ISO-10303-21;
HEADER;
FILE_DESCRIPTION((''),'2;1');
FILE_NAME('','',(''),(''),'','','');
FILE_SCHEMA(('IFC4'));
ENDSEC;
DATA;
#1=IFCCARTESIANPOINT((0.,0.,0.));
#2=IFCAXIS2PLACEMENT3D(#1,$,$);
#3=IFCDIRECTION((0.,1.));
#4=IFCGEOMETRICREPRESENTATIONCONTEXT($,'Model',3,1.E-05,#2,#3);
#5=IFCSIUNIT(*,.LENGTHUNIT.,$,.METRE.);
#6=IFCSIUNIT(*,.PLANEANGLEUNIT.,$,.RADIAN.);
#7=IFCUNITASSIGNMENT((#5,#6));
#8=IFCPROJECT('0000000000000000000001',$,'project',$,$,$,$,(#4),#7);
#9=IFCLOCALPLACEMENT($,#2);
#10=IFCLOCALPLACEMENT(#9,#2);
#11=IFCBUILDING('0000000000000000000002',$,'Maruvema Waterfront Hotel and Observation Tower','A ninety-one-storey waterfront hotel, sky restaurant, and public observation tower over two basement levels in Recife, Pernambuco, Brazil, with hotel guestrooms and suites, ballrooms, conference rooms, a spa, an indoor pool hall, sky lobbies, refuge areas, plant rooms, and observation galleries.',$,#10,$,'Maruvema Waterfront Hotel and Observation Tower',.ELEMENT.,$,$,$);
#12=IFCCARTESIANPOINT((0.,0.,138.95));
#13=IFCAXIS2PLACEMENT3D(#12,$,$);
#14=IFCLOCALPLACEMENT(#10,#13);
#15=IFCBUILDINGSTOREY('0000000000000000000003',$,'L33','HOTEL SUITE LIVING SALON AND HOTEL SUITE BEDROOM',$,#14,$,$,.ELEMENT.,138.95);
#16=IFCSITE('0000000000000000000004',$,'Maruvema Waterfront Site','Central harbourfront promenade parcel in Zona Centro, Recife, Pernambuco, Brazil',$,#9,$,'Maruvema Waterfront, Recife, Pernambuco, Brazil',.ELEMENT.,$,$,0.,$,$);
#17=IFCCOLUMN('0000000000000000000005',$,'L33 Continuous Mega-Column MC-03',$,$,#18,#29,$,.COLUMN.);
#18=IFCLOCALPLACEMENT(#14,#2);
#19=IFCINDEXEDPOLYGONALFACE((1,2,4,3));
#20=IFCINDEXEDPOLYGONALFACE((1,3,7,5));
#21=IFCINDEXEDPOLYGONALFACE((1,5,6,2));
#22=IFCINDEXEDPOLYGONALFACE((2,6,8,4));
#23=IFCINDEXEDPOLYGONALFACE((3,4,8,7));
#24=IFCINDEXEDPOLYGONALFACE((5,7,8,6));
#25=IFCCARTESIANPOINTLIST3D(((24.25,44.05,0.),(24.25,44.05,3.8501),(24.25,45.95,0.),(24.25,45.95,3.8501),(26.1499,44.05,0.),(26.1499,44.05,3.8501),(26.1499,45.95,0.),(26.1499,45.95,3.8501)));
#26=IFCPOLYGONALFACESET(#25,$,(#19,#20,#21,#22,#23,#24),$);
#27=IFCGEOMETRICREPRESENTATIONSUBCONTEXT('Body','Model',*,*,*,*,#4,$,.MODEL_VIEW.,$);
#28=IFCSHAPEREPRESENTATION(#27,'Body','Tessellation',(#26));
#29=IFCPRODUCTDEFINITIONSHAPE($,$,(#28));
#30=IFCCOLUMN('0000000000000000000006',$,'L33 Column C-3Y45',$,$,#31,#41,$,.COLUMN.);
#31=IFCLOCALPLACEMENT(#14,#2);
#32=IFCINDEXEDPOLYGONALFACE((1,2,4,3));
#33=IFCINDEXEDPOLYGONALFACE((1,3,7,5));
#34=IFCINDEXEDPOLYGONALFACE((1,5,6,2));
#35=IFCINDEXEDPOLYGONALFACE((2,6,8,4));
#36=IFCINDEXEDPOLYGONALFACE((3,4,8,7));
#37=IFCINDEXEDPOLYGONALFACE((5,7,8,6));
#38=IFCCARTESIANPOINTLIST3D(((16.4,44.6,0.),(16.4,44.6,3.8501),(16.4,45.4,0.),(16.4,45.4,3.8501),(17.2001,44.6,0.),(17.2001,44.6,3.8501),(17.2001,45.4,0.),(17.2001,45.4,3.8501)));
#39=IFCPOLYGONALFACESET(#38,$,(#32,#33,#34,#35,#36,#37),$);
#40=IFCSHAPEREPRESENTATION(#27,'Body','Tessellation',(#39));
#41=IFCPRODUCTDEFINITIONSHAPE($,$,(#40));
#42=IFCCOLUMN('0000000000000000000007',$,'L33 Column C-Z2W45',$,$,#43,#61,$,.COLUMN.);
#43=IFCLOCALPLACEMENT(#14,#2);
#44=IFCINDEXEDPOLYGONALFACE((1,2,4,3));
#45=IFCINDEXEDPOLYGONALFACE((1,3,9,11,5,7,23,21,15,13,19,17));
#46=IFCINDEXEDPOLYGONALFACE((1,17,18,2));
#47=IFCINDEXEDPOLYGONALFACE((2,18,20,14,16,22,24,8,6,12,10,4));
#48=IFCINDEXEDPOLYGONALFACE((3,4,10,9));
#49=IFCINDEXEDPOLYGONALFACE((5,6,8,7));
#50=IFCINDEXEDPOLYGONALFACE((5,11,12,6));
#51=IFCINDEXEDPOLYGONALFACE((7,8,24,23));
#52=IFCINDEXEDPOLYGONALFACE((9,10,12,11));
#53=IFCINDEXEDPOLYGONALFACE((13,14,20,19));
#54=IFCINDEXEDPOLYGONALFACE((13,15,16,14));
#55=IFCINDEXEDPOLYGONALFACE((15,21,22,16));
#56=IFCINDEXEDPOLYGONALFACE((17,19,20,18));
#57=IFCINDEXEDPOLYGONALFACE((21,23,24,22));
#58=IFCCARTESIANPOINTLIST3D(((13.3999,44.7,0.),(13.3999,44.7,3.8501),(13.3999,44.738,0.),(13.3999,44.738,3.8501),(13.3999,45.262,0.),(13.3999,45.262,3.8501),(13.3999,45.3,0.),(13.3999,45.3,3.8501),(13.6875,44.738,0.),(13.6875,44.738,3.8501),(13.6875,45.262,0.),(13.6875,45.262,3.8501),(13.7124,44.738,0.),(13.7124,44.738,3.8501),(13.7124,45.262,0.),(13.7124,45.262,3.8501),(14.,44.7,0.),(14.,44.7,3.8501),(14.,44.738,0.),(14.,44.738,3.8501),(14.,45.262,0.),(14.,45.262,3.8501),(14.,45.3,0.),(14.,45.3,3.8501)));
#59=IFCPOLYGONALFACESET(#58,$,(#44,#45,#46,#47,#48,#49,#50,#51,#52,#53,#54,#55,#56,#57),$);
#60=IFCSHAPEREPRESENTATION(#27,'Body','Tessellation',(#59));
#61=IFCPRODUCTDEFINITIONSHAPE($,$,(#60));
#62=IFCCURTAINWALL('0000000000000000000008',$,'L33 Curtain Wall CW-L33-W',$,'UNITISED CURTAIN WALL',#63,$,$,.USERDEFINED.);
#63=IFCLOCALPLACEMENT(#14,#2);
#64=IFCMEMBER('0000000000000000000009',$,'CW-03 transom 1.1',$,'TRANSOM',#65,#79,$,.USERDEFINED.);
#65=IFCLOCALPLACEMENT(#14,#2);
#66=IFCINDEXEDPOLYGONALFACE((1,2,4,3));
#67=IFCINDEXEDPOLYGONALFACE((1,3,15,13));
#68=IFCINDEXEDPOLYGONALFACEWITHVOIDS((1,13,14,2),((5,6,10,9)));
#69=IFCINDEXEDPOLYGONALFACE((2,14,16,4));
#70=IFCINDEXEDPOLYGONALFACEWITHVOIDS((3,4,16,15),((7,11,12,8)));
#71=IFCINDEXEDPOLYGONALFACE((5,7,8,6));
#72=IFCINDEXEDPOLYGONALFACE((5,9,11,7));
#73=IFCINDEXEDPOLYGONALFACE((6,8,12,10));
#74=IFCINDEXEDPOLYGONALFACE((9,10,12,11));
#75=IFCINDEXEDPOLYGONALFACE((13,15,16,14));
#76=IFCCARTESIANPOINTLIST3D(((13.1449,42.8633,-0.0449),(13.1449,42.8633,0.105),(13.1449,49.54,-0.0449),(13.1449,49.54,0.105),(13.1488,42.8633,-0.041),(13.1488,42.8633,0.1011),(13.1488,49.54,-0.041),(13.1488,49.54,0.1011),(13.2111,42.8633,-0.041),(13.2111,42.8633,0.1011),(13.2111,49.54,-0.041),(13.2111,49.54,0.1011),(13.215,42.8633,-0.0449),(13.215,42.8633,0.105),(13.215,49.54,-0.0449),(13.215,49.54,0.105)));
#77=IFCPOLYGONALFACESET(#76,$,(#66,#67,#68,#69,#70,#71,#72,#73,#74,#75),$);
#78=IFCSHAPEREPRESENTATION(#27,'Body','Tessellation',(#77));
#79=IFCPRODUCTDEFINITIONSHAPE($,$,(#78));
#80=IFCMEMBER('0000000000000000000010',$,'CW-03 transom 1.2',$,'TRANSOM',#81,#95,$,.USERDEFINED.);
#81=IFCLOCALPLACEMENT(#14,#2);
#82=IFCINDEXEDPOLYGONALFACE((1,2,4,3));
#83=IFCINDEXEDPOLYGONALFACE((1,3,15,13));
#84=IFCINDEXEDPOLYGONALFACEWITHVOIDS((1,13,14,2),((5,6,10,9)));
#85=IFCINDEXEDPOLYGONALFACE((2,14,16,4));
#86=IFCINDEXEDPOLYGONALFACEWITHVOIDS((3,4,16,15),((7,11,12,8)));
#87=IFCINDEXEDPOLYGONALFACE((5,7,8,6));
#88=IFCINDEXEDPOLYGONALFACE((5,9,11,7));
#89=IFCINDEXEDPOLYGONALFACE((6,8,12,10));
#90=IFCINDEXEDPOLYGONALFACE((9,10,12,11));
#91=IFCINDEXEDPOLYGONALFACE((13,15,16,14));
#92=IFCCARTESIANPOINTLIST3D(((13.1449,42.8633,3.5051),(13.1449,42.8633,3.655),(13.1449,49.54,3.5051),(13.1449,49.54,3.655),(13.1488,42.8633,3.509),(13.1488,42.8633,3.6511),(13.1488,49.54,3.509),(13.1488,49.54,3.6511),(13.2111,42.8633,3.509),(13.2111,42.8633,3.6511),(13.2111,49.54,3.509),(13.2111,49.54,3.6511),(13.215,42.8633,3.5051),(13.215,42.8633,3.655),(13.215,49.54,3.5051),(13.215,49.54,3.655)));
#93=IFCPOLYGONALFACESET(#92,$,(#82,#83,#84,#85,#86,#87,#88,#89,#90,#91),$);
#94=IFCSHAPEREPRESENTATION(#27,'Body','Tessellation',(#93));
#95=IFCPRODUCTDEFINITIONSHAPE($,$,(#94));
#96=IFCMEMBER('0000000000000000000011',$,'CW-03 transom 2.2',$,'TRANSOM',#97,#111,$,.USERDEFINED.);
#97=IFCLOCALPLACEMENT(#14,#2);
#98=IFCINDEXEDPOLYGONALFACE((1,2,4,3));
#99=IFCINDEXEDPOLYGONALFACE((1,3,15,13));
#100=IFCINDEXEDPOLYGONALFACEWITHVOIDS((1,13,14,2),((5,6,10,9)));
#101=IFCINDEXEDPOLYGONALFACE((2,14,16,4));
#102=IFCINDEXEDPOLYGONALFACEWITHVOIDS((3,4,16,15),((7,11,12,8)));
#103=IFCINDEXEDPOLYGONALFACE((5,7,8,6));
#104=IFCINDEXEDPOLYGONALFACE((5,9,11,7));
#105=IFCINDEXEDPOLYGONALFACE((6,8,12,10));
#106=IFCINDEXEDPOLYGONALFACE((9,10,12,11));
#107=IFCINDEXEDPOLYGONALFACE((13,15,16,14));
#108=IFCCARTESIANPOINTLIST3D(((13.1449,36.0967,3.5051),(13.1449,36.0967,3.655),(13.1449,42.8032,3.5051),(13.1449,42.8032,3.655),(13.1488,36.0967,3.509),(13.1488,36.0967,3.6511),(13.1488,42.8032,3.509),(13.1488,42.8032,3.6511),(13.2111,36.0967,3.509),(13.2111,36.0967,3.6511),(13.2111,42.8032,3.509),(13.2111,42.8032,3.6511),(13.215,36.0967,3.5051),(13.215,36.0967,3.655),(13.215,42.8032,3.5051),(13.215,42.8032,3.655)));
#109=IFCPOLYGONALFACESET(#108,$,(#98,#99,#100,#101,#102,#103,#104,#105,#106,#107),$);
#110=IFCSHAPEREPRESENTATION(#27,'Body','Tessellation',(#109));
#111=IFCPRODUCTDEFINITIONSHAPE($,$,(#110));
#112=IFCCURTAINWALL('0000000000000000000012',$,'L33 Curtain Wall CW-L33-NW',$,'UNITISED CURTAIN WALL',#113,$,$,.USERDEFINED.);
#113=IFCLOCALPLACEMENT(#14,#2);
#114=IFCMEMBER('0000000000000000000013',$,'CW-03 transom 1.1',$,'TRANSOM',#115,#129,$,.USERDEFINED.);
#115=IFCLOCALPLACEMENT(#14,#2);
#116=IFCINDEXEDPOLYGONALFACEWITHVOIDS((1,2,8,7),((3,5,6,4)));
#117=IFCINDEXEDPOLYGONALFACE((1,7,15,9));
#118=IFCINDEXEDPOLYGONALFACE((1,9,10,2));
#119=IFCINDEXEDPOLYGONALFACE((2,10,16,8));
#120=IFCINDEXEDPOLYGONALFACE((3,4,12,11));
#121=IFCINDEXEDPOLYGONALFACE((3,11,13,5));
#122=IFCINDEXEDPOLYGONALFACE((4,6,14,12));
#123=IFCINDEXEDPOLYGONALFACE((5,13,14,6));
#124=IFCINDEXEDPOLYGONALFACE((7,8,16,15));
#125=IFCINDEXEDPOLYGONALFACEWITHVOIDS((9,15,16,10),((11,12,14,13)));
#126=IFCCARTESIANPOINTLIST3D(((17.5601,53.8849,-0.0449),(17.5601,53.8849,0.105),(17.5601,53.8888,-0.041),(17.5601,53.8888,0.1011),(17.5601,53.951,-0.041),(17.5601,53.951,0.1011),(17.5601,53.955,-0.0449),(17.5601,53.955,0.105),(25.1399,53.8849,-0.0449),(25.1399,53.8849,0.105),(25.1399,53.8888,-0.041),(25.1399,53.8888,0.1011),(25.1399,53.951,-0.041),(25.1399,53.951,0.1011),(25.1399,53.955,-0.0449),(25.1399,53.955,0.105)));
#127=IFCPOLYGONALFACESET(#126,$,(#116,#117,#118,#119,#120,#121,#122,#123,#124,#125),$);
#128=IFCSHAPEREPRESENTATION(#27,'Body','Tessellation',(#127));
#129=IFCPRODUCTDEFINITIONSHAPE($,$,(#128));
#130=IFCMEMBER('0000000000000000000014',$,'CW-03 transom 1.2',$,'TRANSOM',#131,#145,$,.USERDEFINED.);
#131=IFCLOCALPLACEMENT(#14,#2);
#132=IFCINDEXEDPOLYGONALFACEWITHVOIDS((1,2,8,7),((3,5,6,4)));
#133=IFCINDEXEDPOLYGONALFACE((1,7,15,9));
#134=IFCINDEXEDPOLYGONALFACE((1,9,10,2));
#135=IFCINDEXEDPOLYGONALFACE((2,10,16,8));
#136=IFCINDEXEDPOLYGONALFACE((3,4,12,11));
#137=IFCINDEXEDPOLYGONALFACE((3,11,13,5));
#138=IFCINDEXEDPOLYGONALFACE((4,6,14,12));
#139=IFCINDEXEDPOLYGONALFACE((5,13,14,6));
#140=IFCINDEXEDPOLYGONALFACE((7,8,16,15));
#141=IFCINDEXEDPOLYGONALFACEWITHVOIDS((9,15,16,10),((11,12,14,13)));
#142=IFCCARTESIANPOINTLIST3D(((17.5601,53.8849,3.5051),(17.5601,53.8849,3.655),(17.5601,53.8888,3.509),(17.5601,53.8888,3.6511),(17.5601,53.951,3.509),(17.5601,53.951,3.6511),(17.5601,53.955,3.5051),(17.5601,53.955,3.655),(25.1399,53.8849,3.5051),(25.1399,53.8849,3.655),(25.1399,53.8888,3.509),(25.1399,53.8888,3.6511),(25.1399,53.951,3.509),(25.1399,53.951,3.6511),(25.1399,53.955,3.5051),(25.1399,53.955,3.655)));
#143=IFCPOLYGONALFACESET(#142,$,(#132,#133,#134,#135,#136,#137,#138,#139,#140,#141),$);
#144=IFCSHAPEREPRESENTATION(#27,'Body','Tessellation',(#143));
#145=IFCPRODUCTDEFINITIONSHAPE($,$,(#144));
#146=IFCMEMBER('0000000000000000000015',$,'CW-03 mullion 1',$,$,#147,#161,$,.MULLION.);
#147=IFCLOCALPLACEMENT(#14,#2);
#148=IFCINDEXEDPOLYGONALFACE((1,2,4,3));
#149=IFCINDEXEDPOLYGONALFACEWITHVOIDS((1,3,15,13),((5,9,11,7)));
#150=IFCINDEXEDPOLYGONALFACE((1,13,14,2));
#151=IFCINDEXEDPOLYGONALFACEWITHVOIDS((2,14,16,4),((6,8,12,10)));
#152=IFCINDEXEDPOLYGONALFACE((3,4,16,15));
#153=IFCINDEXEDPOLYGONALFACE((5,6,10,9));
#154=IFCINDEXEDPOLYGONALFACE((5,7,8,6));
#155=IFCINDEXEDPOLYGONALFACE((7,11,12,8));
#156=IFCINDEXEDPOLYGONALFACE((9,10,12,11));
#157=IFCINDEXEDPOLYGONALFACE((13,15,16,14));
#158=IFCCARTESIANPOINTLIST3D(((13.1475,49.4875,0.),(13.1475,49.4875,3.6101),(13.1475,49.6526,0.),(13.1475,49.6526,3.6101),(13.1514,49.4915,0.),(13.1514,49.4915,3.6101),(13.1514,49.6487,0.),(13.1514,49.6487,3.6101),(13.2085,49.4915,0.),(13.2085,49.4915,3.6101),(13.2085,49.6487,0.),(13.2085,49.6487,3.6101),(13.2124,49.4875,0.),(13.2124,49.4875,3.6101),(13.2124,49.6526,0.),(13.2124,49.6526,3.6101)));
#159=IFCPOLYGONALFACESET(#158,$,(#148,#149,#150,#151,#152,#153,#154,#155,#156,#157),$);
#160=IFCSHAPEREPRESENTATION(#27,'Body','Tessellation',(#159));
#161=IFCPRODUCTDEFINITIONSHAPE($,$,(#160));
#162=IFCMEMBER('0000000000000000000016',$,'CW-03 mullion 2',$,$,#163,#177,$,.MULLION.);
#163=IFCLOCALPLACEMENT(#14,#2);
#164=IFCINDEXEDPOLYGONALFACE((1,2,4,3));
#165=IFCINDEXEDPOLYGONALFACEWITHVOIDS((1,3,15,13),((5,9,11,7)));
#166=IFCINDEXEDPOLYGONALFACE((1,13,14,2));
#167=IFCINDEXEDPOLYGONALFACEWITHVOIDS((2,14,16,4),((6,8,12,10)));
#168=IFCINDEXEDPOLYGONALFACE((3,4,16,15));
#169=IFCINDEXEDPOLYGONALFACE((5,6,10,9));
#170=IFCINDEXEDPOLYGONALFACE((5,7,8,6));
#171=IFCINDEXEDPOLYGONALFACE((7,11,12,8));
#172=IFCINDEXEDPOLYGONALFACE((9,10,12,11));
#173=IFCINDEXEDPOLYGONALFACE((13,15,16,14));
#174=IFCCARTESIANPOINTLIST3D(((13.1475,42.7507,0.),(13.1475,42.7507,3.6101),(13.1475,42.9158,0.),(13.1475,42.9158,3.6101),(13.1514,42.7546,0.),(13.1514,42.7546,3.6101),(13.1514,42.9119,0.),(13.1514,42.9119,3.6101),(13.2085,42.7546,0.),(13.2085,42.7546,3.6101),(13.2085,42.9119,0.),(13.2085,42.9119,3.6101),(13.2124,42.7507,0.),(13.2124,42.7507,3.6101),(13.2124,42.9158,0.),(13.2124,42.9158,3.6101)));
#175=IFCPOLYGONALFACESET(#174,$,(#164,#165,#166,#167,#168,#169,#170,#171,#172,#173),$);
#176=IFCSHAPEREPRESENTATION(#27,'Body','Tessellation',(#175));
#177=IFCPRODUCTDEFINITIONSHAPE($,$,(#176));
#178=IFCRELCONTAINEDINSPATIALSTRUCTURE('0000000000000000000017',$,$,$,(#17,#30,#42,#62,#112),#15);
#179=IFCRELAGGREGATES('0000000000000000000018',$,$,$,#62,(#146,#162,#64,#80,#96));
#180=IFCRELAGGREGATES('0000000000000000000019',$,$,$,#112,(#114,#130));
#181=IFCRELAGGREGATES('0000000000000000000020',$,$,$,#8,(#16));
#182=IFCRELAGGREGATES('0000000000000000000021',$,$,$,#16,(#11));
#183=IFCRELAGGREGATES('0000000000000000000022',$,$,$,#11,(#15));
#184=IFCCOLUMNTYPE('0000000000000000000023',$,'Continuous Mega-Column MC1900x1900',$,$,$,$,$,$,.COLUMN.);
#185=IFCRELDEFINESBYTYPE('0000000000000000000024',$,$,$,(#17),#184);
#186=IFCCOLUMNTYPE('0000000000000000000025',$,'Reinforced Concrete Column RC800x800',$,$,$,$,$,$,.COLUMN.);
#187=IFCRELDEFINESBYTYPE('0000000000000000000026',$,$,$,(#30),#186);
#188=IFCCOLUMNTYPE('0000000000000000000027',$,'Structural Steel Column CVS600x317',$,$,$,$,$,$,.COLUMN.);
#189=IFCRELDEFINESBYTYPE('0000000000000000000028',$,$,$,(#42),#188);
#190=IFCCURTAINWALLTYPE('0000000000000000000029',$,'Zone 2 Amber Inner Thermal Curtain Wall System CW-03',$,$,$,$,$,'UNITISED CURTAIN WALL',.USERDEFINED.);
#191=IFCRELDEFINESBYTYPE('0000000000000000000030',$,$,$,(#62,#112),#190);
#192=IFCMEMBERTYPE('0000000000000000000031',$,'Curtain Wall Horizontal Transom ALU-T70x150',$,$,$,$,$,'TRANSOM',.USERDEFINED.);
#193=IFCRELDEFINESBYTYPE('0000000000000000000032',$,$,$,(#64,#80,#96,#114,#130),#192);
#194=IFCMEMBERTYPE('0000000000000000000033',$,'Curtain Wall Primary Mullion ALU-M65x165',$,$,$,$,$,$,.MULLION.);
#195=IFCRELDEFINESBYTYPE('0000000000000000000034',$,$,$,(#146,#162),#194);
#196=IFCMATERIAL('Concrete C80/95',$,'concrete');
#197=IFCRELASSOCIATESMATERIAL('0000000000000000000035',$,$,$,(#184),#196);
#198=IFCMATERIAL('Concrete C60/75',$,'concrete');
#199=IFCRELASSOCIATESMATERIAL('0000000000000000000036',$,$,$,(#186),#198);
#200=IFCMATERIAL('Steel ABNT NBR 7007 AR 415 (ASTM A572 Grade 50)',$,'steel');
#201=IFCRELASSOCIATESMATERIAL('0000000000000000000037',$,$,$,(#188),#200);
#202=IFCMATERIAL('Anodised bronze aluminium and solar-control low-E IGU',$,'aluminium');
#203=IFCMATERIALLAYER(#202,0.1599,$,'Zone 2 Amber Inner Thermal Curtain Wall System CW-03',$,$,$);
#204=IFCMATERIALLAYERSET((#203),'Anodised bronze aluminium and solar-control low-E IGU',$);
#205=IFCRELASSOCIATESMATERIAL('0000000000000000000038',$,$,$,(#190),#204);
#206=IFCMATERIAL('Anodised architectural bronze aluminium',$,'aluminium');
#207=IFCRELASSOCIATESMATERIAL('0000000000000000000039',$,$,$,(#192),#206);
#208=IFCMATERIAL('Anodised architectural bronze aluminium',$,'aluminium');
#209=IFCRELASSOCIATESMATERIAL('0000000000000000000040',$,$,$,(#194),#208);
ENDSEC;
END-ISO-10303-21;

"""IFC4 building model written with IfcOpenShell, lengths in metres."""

from ifc_helpers import new_model, si_unit, direction, frame, origin, origin_2d, place, context, subcontext, project, spatial, rectangle, hollow_rectangle, i_section, extrude, material, layer, layer_set, material_profile, profile_set, type_object, element, aggregate, save


model = new_model("IFC4")

# Units and contexts
model_context = context("Model", 3, precision=1e-05, world=origin(), true_north=direction((0.0, 1.0)))
body_context = subcontext(model_context, "Body", "Model", "MODEL_VIEW")
ifc_project = project(units=[si_unit("LENGTHUNIT", "METRE"), si_unit("PLANEANGLEUNIT", "RADIAN")], contexts=[model_context])

# Site, building, storey
site_placement = place(None, origin())
site = spatial("IfcSite", under=ifc_project, at=site_placement, Name="Maruvema Waterfront Site", Description="Central harbourfront promenade parcel in Zona Centro, Recife, Pernambuco, Brazil", LongName="Maruvema Waterfront, Recife, Pernambuco, Brazil", CompositionType="ELEMENT", RefElevation=0.0)
building_placement = place(site_placement, origin())
building = spatial("IfcBuilding", under=site, at=building_placement, Name="Maruvema Waterfront Hotel and Observation Tower", Description="A ninety-one-storey waterfront hotel, sky restaurant, and public observation tower over two basement levels in Recife, Pernambuco, Brazil, with hotel guestrooms and suites, ballrooms, conference rooms, a spa, an indoor pool hall, sky lobbies, refuge areas, plant rooms, and observation galleries.", LongName="Maruvema Waterfront Hotel and Observation Tower", CompositionType="ELEMENT")
storey_placement = place(building_placement, frame((0.0, 0.0, 138.95)))
storey = spatial("IfcBuildingStorey", under=building, at=storey_placement, Name="L33", Description="HOTEL SUITE LIVING SALON AND HOTEL SUITE BEDROOM", CompositionType="ELEMENT", Elevation=138.95)

# Columns
ifc_material_1 = material(Name="Concrete C80/95", Category="concrete")
ifc_material_profile_1 = material_profile(ifc_material_1, rectangle(XDim=1.8999, YDim=1.8999, at=origin_2d()), Name="MC1900x1900")
ifc_profile_set_1 = profile_set([ifc_material_profile_1], Name="Concrete C80/95")
column_type_1 = type_object("IfcColumnType", Name="Continuous Mega-Column MC1900x1900", PredefinedType="COLUMN", material=ifc_profile_set_1)
column_1_placement = place(storey_placement, frame((25.2, 45.0, 0.0), z_axis=(0.0, 0.0, 1.0), x_axis=(1.0, 0.0, 0.0)))
element("IfcColumn", 1, at=column_1_placement, inside=storey, type_object=column_type_1, Name="L33 Continuous Mega-Column MC-03", PredefinedType="COLUMN", context=body_context, shape_type="SweptSolid", body=[
    extrude(rectangle(XDim=1.8999, YDim=1.8999, at=origin_2d()), origin(), (0.0, 0.0, 1.0), 3.8501),
])
ifc_material_2 = material(Name="Concrete C60/75", Category="concrete")
ifc_material_profile_2 = material_profile(ifc_material_2, rectangle(XDim=0.8, YDim=0.8, at=origin_2d()), Name="RC800x800")
ifc_profile_set_2 = profile_set([ifc_material_profile_2], Name="Concrete C60/75")
column_type_2 = type_object("IfcColumnType", Name="Reinforced Concrete Column RC800x800", PredefinedType="COLUMN", material=ifc_profile_set_2)
column_2_placement = place(storey_placement, frame((16.8, 45.0, 0.0), z_axis=(0.0, 0.0, 1.0), x_axis=(1.0, 0.0, 0.0)))
element("IfcColumn", 2, at=column_2_placement, inside=storey, type_object=column_type_2, Name="L33 Column C-3Y45", PredefinedType="COLUMN", context=body_context, shape_type="SweptSolid", body=[
    extrude(rectangle(XDim=0.8, YDim=0.8, at=origin_2d()), origin(), (0.0, 0.0, 1.0), 3.8501),
])
ifc_material_3 = material(Name="Steel ABNT NBR 7007 AR 415 (ASTM A572 Grade 50)", Category="steel")
ifc_material_profile_3 = material_profile(ifc_material_3, i_section(OverallWidth=0.6001, OverallDepth=0.6001, WebThickness=0.0249, FlangeThickness=0.0381, at=origin_2d()), Name="CVS600x317")
ifc_profile_set_3 = profile_set([ifc_material_profile_3], Name="Steel ABNT NBR 7007 AR 415 (ASTM A572 Grade 50)")
column_type_3 = type_object("IfcColumnType", Name="Structural Steel Column CVS600x317", PredefinedType="COLUMN", material=ifc_profile_set_3)
column_3_placement = place(storey_placement, frame((13.7, 45.0, 0.0), z_axis=(0.0, 0.0, 1.0), x_axis=(1.0, 0.0, 0.0)))
element("IfcColumn", 3, at=column_3_placement, inside=storey, type_object=column_type_3, Name="L33 Column C-Z2W45", PredefinedType="COLUMN", context=body_context, shape_type="SweptSolid", body=[
    extrude(i_section(OverallWidth=0.6001, OverallDepth=0.6001, WebThickness=0.0249, FlangeThickness=0.0381, at=origin_2d()), origin(), (0.0, 0.0, 1.0), 3.8501),
])

# Curtain walls, members
ifc_material_4 = material(Name="Anodised bronze aluminium and solar-control low-E IGU", Category="aluminium")
ifc_layer_1 = layer(ifc_material_4, 0.1599, Name="Zone 2 Amber Inner Thermal Curtain Wall System CW-03")
ifc_layer_set_1 = layer_set([ifc_layer_1], Name="Anodised bronze aluminium and solar-control low-E IGU")
curtain_wall_type = type_object("IfcCurtainWallType", Name="Zone 2 Amber Inner Thermal Curtain Wall System CW-03", ElementType="UNITISED CURTAIN WALL", PredefinedType="USERDEFINED", material=ifc_layer_set_1)
curtain_wall_1_placement = place(storey_placement, origin())
curtain_wall_1 = element("IfcCurtainWall", 4, at=curtain_wall_1_placement, inside=storey, type_object=curtain_wall_type, Name="L33 Curtain Wall CW-L33-W", ObjectType="UNITISED CURTAIN WALL", PredefinedType="USERDEFINED")
ifc_material_5 = material(Name="Anodised architectural bronze aluminium", Category="aluminium")
ifc_material_profile_4 = material_profile(ifc_material_5, hollow_rectangle(XDim=0.0701, YDim=0.1499, WallThickness=0.0039, at=origin_2d()), Name="ALU-T70x150")
ifc_profile_set_4 = profile_set([ifc_material_profile_4], Name="Anodised architectural bronze aluminium")
member_type_1 = type_object("IfcMemberType", Name="Curtain Wall Horizontal Transom ALU-T70x150", ElementType="TRANSOM", PredefinedType="USERDEFINED", material=ifc_profile_set_4)
member_1_placement = place(storey_placement, frame((13.1799, 49.54, 0.03), z_axis=(0.0, -1.0, 0.0), x_axis=(1.0, 0.0, 0.0)))
member_1 = element("IfcMember", 5, at=member_1_placement, type_object=member_type_1, Name="CW-03 transom 1.1", ObjectType="TRANSOM", PredefinedType="USERDEFINED", context=body_context, shape_type="SweptSolid", body=[
    extrude(hollow_rectangle(XDim=0.0701, YDim=0.1499, WallThickness=0.0039, at=origin_2d()), origin(), (0.0, 0.0, 1.0), 6.6768),
])
member_2_placement = place(storey_placement, frame((13.1799, 49.54, 3.5801), z_axis=(0.0, -1.0, 0.0), x_axis=(1.0, 0.0, 0.0)))
member_2 = element("IfcMember", 6, at=member_2_placement, type_object=member_type_1, Name="CW-03 transom 1.2", ObjectType="TRANSOM", PredefinedType="USERDEFINED", context=body_context, shape_type="SweptSolid", body=[
    extrude(hollow_rectangle(XDim=0.0701, YDim=0.1499, WallThickness=0.0039, at=origin_2d()), origin(), (0.0, 0.0, 1.0), 6.6768),
])
member_3_placement = place(storey_placement, frame((13.1799, 42.8032, 3.5801), z_axis=(0.0, -1.0, 0.0), x_axis=(1.0, 0.0, 0.0)))
member_3 = element("IfcMember", 7, at=member_3_placement, type_object=member_type_1, Name="CW-03 transom 2.2", ObjectType="TRANSOM", PredefinedType="USERDEFINED", context=body_context, shape_type="SweptSolid", body=[
    extrude(hollow_rectangle(XDim=0.0701, YDim=0.1499, WallThickness=0.0039, at=origin_2d()), origin(), (0.0, 0.0, 1.0), 6.7065),
])
curtain_wall_2_placement = place(storey_placement, origin())
curtain_wall_2 = element("IfcCurtainWall", 8, at=curtain_wall_2_placement, inside=storey, type_object=curtain_wall_type, Name="L33 Curtain Wall CW-L33-NW", ObjectType="UNITISED CURTAIN WALL", PredefinedType="USERDEFINED")
member_4_placement = place(storey_placement, frame((25.1399, 53.9199, 0.03), z_axis=(-1.0, 0.0, 0.0), x_axis=(0.0, -1.0, 0.0)))
member_4 = element("IfcMember", 9, at=member_4_placement, type_object=member_type_1, Name="CW-03 transom 1.1", ObjectType="TRANSOM", PredefinedType="USERDEFINED", context=body_context, shape_type="SweptSolid", body=[
    extrude(hollow_rectangle(XDim=0.0701, YDim=0.1499, WallThickness=0.0039, at=origin_2d()), origin(), (0.0, 0.0, 1.0), 7.5798),
])
member_5_placement = place(storey_placement, frame((25.1399, 53.9199, 3.5801), z_axis=(-1.0, 0.0, 0.0), x_axis=(0.0, -1.0, 0.0)))
member_5 = element("IfcMember", 10, at=member_5_placement, type_object=member_type_1, Name="CW-03 transom 1.2", ObjectType="TRANSOM", PredefinedType="USERDEFINED", context=body_context, shape_type="SweptSolid", body=[
    extrude(hollow_rectangle(XDim=0.0701, YDim=0.1499, WallThickness=0.0039, at=origin_2d()), origin(), (0.0, 0.0, 1.0), 7.5798),
])

# Members
ifc_material_6 = material(Name="Anodised architectural bronze aluminium", Category="aluminium")
ifc_material_profile_5 = material_profile(ifc_material_6, hollow_rectangle(XDim=0.0649, YDim=0.165, WallThickness=0.0039, at=origin_2d()), Name="ALU-M65x165")
ifc_profile_set_5 = profile_set([ifc_material_profile_5], Name="Anodised architectural bronze aluminium")
member_type_2 = type_object("IfcMemberType", Name="Curtain Wall Primary Mullion ALU-M65x165", PredefinedType="MULLION", material=ifc_profile_set_5)
member_6_placement = place(storey_placement, frame((13.1799, 49.5701, 0.0), z_axis=(0.0, 0.0, 1.0), x_axis=(1.0, 0.0, 0.0)))
member_6 = element("IfcMember", 11, at=member_6_placement, type_object=member_type_2, Name="CW-03 mullion 1", PredefinedType="MULLION", context=body_context, shape_type="SweptSolid", body=[
    extrude(hollow_rectangle(XDim=0.0649, YDim=0.165, WallThickness=0.0039, at=origin_2d()), origin(), (0.0, 0.0, 1.0), 3.6101),
])
member_7_placement = place(storey_placement, frame((13.1799, 42.8333, 0.0), z_axis=(0.0, 0.0, 1.0), x_axis=(1.0, 0.0, 0.0)))
member_7 = element("IfcMember", 12, at=member_7_placement, type_object=member_type_2, Name="CW-03 mullion 2", PredefinedType="MULLION", context=body_context, shape_type="SweptSolid", body=[
    extrude(hollow_rectangle(XDim=0.0649, YDim=0.165, WallThickness=0.0039, at=origin_2d()), origin(), (0.0, 0.0, 1.0), 3.6101),
])

aggregate(curtain_wall_1, [member_6, member_7, member_1, member_2, member_3])
aggregate(curtain_wall_2, [member_4, member_5])

save(model, "model.ifc")
